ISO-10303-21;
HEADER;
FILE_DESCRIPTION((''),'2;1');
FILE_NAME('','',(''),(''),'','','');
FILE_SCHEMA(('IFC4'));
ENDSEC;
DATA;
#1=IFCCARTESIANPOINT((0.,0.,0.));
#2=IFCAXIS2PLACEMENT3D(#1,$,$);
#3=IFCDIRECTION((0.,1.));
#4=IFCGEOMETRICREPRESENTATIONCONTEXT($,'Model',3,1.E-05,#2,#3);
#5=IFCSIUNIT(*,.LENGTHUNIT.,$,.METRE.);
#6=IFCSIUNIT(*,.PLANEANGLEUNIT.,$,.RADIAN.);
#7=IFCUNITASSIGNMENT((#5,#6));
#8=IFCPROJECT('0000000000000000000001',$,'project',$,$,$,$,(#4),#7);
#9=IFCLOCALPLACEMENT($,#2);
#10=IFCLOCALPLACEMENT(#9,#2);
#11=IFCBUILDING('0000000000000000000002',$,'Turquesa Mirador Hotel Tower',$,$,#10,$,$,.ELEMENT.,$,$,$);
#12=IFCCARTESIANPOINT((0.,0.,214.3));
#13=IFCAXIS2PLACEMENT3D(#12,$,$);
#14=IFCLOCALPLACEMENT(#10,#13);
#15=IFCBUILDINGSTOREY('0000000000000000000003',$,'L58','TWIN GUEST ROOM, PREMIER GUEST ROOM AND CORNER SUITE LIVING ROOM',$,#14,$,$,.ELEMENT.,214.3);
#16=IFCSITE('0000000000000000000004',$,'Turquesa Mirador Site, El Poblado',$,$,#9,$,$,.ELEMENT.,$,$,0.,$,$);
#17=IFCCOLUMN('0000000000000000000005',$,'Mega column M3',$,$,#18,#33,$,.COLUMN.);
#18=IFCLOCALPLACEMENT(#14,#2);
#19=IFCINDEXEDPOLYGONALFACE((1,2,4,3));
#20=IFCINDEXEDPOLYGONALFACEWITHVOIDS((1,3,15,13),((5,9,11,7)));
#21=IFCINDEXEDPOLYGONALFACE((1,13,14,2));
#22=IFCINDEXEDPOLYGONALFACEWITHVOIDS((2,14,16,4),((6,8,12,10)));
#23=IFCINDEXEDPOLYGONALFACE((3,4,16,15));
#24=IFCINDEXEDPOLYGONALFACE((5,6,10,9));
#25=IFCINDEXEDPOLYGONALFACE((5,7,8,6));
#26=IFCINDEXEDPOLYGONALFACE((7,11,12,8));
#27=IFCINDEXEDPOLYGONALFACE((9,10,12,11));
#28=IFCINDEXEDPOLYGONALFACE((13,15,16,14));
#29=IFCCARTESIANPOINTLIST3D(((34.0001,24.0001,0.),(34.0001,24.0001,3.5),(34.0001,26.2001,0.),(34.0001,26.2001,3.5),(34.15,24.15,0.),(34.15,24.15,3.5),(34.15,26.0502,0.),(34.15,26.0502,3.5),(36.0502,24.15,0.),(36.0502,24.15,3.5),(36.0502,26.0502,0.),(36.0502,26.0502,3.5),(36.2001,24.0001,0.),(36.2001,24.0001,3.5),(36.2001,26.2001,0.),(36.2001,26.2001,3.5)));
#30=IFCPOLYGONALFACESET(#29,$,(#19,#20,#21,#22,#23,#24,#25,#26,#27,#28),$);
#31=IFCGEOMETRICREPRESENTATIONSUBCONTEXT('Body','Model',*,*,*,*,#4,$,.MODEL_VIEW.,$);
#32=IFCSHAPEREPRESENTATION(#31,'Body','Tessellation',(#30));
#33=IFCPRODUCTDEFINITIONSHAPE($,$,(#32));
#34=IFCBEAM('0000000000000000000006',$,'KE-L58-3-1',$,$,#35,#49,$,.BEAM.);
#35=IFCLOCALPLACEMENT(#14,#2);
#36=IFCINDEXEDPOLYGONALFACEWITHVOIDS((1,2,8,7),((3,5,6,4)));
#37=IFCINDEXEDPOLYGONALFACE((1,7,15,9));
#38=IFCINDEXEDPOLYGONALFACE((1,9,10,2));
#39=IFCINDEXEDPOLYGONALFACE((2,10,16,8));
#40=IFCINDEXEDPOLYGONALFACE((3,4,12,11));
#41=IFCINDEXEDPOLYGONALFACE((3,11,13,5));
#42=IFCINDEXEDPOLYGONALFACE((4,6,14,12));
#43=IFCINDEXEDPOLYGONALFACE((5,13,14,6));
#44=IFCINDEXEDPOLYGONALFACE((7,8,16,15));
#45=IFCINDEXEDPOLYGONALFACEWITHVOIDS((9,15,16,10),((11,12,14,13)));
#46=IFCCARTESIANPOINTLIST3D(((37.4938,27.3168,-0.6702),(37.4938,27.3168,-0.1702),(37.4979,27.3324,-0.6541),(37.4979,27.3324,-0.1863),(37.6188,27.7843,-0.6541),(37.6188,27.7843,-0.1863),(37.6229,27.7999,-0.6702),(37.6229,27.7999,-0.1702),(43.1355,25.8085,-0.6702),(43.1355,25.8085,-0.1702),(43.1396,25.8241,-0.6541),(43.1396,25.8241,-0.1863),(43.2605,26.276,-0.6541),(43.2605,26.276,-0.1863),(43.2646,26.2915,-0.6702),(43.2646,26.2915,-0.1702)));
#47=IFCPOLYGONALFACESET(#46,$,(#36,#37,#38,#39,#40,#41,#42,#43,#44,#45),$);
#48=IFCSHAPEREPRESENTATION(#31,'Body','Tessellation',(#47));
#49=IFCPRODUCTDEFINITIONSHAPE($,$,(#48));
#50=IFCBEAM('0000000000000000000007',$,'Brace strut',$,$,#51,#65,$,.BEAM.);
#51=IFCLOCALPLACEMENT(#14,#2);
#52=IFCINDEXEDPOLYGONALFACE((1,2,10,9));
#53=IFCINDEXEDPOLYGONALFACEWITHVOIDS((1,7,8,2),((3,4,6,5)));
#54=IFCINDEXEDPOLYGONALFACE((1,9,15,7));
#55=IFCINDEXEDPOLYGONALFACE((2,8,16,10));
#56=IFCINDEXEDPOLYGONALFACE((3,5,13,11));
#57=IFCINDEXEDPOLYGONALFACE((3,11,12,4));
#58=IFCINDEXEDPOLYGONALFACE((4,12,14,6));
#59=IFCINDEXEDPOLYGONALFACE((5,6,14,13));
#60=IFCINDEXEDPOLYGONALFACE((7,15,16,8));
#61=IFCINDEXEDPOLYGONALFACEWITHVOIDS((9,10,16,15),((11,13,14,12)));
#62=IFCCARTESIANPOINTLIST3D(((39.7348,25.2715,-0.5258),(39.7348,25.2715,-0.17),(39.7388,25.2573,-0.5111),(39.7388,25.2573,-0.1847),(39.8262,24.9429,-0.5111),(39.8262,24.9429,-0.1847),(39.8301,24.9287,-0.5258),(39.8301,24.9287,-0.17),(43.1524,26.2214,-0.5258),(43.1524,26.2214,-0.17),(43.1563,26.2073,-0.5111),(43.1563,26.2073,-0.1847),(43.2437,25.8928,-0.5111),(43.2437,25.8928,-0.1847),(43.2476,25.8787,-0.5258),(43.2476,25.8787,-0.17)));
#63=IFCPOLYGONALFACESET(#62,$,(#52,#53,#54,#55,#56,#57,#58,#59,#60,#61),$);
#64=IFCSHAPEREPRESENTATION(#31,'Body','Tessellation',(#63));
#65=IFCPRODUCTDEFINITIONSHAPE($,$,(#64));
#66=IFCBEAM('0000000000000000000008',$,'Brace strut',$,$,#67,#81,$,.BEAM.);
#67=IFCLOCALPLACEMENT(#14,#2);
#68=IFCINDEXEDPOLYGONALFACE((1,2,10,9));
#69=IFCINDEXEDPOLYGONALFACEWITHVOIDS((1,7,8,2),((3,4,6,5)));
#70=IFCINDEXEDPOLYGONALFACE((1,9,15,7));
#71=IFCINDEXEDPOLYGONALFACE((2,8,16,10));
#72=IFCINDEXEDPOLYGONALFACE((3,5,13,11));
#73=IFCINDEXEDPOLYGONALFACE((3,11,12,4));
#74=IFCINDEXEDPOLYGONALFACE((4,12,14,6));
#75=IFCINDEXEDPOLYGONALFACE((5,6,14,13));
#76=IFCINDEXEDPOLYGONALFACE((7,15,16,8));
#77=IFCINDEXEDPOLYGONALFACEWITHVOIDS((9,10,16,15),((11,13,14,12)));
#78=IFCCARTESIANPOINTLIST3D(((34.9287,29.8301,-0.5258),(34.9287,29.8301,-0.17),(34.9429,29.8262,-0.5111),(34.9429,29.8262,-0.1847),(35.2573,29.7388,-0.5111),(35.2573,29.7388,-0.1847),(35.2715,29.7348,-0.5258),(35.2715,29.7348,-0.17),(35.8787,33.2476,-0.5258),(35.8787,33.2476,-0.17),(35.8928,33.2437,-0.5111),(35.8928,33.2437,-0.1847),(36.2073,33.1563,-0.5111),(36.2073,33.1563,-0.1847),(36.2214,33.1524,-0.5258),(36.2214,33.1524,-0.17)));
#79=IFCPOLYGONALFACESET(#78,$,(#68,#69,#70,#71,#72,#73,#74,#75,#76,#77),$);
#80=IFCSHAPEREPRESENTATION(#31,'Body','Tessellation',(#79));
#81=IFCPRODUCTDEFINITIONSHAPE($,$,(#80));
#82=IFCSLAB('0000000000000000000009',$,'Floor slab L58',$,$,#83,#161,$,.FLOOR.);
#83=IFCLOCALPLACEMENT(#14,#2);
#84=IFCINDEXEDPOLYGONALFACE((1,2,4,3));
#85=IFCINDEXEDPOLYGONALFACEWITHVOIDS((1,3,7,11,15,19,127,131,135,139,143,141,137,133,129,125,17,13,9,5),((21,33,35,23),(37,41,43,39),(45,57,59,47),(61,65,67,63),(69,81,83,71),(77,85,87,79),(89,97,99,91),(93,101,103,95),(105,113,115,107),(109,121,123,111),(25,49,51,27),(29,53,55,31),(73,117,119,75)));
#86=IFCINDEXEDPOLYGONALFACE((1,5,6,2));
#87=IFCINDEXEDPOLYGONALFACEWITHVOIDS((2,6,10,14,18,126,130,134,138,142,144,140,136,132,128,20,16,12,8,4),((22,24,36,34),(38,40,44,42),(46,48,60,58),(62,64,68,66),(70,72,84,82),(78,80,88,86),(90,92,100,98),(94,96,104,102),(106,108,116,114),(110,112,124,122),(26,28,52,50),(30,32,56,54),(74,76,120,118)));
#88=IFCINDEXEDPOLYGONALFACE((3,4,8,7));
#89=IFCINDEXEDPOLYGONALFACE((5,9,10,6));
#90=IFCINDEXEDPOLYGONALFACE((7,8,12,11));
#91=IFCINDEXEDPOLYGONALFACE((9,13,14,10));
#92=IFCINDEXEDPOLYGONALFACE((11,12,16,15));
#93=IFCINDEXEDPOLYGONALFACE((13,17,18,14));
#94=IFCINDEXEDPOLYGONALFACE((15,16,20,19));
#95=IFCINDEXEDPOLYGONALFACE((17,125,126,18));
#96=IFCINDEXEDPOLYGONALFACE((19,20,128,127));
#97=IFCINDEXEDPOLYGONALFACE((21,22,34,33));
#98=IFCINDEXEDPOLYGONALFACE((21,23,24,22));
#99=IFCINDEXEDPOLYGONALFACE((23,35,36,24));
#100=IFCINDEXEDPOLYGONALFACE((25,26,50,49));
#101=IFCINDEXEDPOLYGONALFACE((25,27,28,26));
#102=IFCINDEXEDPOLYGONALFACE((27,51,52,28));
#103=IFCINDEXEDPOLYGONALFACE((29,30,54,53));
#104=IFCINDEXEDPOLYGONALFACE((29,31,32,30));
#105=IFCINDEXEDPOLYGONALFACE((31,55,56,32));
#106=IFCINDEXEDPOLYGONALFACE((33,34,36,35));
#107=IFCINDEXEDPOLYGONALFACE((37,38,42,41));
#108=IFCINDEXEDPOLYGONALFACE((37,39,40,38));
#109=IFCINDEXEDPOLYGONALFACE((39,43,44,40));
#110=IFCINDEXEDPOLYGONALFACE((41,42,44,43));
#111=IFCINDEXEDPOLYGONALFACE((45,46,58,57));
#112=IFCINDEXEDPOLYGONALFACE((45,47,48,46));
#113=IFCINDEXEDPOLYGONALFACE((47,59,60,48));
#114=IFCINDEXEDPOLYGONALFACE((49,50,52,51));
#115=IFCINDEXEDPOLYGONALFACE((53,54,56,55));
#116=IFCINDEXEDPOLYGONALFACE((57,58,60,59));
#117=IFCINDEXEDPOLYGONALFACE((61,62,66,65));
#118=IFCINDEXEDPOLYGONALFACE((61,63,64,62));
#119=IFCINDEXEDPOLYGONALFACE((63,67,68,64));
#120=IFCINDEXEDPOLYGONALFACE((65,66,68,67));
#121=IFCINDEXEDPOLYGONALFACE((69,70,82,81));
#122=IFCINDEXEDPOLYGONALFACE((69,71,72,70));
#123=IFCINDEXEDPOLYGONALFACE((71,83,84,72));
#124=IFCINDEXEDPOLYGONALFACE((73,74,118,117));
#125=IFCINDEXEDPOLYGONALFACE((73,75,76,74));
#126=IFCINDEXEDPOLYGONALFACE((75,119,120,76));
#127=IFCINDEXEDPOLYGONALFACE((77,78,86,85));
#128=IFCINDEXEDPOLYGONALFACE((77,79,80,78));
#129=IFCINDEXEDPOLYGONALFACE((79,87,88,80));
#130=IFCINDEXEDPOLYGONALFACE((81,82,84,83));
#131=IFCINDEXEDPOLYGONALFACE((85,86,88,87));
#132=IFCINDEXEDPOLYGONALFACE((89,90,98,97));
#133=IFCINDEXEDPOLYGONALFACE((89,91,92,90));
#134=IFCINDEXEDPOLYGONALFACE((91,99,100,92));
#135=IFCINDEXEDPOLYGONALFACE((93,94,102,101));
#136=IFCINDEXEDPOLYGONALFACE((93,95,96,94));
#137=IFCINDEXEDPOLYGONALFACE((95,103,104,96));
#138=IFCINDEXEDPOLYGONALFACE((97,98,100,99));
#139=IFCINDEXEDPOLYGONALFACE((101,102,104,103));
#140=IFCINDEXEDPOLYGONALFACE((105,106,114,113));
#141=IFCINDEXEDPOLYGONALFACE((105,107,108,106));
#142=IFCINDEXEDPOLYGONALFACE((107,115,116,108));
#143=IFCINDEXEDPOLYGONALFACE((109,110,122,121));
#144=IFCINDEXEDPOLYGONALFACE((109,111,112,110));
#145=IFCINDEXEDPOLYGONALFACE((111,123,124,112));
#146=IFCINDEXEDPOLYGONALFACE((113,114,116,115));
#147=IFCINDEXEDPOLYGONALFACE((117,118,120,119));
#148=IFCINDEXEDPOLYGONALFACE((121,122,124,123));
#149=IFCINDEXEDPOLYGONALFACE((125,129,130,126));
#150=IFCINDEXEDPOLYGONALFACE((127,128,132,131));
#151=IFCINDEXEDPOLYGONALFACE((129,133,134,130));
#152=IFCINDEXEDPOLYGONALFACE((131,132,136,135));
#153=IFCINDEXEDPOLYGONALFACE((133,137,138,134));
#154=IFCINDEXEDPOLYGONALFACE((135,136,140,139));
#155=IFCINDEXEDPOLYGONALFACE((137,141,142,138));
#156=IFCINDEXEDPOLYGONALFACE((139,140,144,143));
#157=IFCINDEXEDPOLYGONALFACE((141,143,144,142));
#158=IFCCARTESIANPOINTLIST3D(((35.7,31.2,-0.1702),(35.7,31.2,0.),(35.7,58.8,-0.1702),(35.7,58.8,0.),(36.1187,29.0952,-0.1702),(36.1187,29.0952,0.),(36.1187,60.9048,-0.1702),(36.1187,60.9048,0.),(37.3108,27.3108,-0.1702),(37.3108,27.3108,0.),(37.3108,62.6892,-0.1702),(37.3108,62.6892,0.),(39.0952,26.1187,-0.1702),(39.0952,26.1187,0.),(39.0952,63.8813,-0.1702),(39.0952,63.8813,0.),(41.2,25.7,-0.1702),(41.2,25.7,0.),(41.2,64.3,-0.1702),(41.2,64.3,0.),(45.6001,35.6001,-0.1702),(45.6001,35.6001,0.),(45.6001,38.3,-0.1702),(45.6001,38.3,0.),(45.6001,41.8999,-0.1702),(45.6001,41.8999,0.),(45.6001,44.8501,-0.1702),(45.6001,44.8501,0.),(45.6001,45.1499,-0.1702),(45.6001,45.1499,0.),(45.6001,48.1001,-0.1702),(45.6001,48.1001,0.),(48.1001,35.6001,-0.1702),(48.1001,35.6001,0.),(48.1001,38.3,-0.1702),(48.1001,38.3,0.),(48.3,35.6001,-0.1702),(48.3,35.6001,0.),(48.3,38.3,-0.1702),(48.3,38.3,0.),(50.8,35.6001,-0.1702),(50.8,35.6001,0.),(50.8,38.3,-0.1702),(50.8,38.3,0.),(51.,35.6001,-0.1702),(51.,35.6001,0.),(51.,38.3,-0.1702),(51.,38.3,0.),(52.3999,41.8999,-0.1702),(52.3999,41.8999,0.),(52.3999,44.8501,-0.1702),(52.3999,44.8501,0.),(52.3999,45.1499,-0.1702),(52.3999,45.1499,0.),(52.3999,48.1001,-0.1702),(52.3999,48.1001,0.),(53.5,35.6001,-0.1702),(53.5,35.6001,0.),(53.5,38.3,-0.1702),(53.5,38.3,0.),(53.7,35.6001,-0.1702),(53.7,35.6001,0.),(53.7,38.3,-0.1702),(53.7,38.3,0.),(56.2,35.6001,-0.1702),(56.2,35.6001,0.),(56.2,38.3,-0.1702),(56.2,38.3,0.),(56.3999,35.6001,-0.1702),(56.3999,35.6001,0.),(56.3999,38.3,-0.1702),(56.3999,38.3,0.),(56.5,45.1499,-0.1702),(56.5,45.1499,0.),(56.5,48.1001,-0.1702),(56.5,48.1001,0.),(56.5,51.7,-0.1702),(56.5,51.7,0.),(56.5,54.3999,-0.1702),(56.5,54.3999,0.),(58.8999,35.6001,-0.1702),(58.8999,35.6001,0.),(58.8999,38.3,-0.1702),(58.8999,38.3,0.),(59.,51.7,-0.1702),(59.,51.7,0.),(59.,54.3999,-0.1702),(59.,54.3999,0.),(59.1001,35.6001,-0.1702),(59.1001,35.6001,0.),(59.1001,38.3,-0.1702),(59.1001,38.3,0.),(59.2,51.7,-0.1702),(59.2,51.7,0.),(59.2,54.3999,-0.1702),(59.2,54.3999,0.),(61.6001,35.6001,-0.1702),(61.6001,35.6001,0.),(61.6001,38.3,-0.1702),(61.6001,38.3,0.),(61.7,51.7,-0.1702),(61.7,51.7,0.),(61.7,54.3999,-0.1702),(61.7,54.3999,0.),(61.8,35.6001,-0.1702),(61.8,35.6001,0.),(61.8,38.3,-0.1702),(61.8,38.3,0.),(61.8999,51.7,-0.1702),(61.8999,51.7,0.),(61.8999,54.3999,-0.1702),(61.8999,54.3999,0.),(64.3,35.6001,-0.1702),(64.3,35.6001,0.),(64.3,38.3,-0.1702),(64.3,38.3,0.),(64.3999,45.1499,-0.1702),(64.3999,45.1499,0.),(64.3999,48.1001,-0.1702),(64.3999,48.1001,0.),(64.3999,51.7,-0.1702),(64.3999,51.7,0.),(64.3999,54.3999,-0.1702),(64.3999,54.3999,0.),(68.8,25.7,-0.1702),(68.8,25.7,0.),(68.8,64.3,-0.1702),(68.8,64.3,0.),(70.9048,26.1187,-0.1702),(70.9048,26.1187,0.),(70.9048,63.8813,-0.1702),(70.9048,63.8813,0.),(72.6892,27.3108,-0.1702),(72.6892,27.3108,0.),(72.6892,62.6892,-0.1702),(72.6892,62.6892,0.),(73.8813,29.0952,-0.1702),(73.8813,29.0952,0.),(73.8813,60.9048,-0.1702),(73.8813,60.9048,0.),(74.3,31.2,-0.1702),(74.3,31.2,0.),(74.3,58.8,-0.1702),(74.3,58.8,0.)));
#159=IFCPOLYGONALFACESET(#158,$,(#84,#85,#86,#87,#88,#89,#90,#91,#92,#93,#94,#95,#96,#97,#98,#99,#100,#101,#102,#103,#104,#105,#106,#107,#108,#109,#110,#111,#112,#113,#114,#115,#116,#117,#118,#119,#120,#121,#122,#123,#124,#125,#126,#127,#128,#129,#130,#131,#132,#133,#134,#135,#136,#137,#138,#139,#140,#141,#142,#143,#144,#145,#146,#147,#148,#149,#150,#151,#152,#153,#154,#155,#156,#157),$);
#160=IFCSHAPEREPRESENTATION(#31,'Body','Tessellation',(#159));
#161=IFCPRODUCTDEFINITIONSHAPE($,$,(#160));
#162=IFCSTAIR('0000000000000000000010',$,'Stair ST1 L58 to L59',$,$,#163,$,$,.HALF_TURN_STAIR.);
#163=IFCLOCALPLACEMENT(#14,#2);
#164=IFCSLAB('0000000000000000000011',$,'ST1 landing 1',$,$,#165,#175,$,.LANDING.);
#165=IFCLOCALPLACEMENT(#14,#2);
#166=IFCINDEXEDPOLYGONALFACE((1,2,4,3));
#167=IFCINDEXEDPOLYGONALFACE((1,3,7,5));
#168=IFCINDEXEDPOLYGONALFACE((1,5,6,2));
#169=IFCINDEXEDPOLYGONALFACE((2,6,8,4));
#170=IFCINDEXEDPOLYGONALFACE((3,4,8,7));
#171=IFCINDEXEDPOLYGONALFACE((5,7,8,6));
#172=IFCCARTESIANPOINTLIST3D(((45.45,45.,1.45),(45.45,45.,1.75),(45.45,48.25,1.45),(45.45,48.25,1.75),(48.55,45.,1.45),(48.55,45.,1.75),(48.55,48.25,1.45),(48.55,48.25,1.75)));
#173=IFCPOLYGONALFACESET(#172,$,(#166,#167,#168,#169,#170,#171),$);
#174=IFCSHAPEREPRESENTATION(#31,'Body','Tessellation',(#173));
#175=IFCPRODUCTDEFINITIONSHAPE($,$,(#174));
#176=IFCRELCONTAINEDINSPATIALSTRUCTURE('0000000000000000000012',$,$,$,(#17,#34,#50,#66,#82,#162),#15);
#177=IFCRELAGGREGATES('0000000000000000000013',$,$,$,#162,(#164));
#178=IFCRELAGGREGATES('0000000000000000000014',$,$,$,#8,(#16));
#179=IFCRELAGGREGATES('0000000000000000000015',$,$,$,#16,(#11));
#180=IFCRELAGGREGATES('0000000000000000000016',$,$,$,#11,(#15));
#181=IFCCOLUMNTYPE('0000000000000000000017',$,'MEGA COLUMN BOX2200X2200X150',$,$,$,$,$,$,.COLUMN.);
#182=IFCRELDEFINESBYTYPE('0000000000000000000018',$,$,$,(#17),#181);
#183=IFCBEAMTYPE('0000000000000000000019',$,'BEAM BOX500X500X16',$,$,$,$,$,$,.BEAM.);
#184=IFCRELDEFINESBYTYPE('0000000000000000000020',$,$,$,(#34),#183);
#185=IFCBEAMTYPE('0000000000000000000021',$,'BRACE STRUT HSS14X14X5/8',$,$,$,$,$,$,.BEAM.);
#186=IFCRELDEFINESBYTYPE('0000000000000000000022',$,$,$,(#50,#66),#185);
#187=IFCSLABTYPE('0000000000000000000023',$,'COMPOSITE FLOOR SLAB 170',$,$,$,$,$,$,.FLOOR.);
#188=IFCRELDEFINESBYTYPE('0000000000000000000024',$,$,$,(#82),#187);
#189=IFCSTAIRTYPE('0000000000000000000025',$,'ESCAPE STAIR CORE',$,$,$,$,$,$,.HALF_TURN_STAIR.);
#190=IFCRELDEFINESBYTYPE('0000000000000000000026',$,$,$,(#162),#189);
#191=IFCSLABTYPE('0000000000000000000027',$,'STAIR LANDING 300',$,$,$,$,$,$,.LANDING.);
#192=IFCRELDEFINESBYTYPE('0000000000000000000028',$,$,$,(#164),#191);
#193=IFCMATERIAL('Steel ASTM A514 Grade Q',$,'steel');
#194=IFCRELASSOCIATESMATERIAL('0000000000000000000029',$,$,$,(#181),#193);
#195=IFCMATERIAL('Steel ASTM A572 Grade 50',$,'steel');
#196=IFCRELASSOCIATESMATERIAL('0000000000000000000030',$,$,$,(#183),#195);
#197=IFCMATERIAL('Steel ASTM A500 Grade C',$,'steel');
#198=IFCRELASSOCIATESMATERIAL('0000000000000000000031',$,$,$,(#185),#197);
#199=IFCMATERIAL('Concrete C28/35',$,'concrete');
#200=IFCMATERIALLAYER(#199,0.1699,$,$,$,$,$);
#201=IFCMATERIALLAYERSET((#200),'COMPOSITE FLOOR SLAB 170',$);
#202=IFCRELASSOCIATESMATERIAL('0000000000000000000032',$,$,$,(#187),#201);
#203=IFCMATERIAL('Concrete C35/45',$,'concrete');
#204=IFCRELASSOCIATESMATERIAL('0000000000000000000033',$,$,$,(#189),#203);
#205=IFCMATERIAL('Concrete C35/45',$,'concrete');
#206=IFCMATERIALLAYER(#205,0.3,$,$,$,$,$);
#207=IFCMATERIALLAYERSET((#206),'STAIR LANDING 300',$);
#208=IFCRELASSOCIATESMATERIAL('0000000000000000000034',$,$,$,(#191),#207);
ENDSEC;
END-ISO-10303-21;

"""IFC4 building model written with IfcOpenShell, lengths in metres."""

from ifc_helpers import new_model, si_unit, direction, frame, origin, origin_2d, place, context, subcontext, project, spatial, polyline, hollow_rectangle, outline, extrude, material, layer, layer_set, material_profile, profile_set, type_object, element, aggregate, save


model = new_model("IFC4")

# Units and contexts
model_context = context("Model", 3, precision=1e-05, world=origin(), true_north=direction((0.0, 1.0)))
body_context = subcontext(model_context, "Body", "Model", "MODEL_VIEW")
ifc_project = project(units=[si_unit("LENGTHUNIT", "METRE"), si_unit("PLANEANGLEUNIT", "RADIAN")], contexts=[model_context])

# Site, building, storey
site_placement = place(None, origin())
site = spatial("IfcSite", under=ifc_project, at=site_placement, Name="Turquesa Mirador Site, El Poblado", CompositionType="ELEMENT", RefElevation=0.0)
building_placement = place(site_placement, origin())
building = spatial("IfcBuilding", under=site, at=building_placement, Name="Turquesa Mirador Hotel Tower", CompositionType="ELEMENT")
storey_placement = place(building_placement, frame((0.0, 0.0, 214.3)))
storey = spatial("IfcBuildingStorey", under=building, at=storey_placement, Name="L58", Description="TWIN GUEST ROOM, PREMIER GUEST ROOM AND CORNER SUITE LIVING ROOM", CompositionType="ELEMENT", Elevation=214.3)

# Column
ifc_material_1 = material(Name="Steel ASTM A514 Grade Q", Category="steel")
ifc_material_profile_1 = material_profile(ifc_material_1, hollow_rectangle(XDim=2.2, YDim=2.2, WallThickness=0.1499, at=origin_2d()), Name="BOX2200X2200X150")
ifc_profile_set_1 = profile_set([ifc_material_profile_1], Name="Steel ASTM A514 Grade Q")
column_type = type_object("IfcColumnType", Name="MEGA COLUMN BOX2200X2200X150", PredefinedType="COLUMN", material=ifc_profile_set_1)
column_placement = place(storey_placement, frame((35.1001, 25.1001, 0.0), z_axis=(0.0, 0.0, 1.0), x_axis=(1.0, 0.0, 0.0)))
element("IfcColumn", 1, at=column_placement, inside=storey, type_object=column_type, Name="Mega column M3", PredefinedType="COLUMN", context=body_context, shape_type="SweptSolid", body=[
    extrude(hollow_rectangle(XDim=2.2, YDim=2.2, WallThickness=0.1499, at=origin_2d()), origin(), (0.0, 0.0, 1.0), 3.5),
])

# Beams
ifc_material_2 = material(Name="Steel ASTM A572 Grade 50", Category="steel")
ifc_material_profile_2 = material_profile(ifc_material_2, hollow_rectangle(XDim=0.5, YDim=0.5, WallThickness=0.0161, at=origin_2d()), Name="BOX500X500X16")
ifc_profile_set_2 = profile_set([ifc_material_profile_2], Name="Steel ASTM A572 Grade 50")
beam_type_1 = type_object("IfcBeamType", Name="BEAM BOX500X500X16", PredefinedType="BEAM", material=ifc_profile_set_2)
beam_placement = place(storey_placement, frame((37.5583, 27.5583, -0.4202), z_axis=(0.96607, -0.258282, 0.0), x_axis=(0.258282, 0.96607, 0.0)))
element("IfcBeam", 2, at=beam_placement, inside=storey, type_object=beam_type_1, Name="KE-L58-3-1", PredefinedType="BEAM", context=body_context, shape_type="SweptSolid", body=[
    extrude(hollow_rectangle(XDim=0.5, YDim=0.5, WallThickness=0.0161, at=origin_2d()), origin(), (0.0, 0.0, 1.0), 5.8398),
])
ifc_material_3 = material(Name="Steel ASTM A500 Grade C", Category="steel")
ifc_material_profile_3 = material_profile(ifc_material_3, hollow_rectangle(XDim=0.3557, YDim=0.3557, WallThickness=0.0146, at=origin_2d()), Name="HSS14X14X5/8")
ifc_profile_set_3 = profile_set([ifc_material_profile_3], Name="Steel ASTM A500 Grade C")
beam_type_2 = type_object("IfcBeamType", Name="BRACE STRUT HSS14X14X5/8", PredefinedType="BEAM", material=ifc_profile_set_3)
for number, where, z_axis, x_axis, name in (
    (3, (39.7825, 25.1001, -0.3479), (0.963471, 0.267814, 0.0), (-0.267814, 0.963471, 0.0), "Brace strut"),
    (4, (35.1001, 29.7825, -0.3479), (0.267814, 0.963471, 0.0), (-0.963471, 0.267814, 0.0), "Brace strut"),
):
    element("IfcBeam", number, at=place(storey_placement, frame(where, z_axis=z_axis, x_axis=x_axis)), inside=storey, type_object=beam_type_2, Name=name, PredefinedType="BEAM", context=body_context, shape_type="SweptSolid", body=[
        extrude(hollow_rectangle(XDim=0.3557, YDim=0.3557, WallThickness=0.0146, at=origin_2d()), origin(), (0.0, 0.0, 1.0), 3.5471),
    ])

# Slab
ifc_material_4 = material(Name="Concrete C28/35", Category="concrete")
ifc_layer_1 = layer(ifc_material_4, 0.1699)
ifc_layer_set_1 = layer_set([ifc_layer_1], Name="COMPOSITE FLOOR SLAB 170")
slab_type_1 = type_object("IfcSlabType", Name="COMPOSITE FLOOR SLAB 170", PredefinedType="FLOOR", material=ifc_layer_set_1)
slab_1_placement = place(storey_placement, frame((0.0, 0.0, -0.1702)))
element("IfcSlab", 5, at=slab_1_placement, inside=storey, type_object=slab_type_1, Name="Floor slab L58", PredefinedType="FLOOR", context=body_context, shape_type="SweptSolid", body=[
    extrude(outline(polyline([(68.8, 25.7), (70.9048, 26.1187), (72.6892, 27.3108), (73.8813, 29.0952), (74.3, 31.2), (74.3, 58.8), (73.8813, 60.9048), (72.6892, 62.6892), (70.9048, 63.8813), (68.8, 64.3), (41.2, 64.3), (39.0952, 63.8813), (37.3108, 62.6892), (36.1187, 60.9048), (35.7, 58.8), (35.7, 31.2), (36.1187, 29.0952), (37.3108, 27.3108), (39.0952, 26.1187), (41.2, 25.7), (68.8, 25.7)]), holes=[polyline([(56.5, 51.7), (59.0, 51.7), (59.0, 54.3999), (56.5, 54.3999), (56.5, 51.7)]), polyline([(59.2, 51.7), (61.7, 51.7), (61.7, 54.3999), (59.2, 54.3999), (59.2, 51.7)]), polyline([(45.6001, 35.6001), (48.1001, 35.6001), (48.1001, 38.3), (45.6001, 38.3), (45.6001, 35.6001)]), polyline([(48.3, 35.6001), (50.8, 35.6001), (50.8, 38.3), (48.3, 38.3), (48.3, 35.6001)]), polyline([(51.0, 35.6001), (53.5, 35.6001), (53.5, 38.3), (51.0, 38.3), (51.0, 35.6001)]), polyline([(53.7, 35.6001), (56.2, 35.6001), (56.2, 38.3), (53.7, 38.3), (53.7, 35.6001)]), polyline([(56.3999, 35.6001), (58.8999, 35.6001), (58.8999, 38.3), (56.3999, 38.3), (56.3999, 35.6001)]), polyline([(59.1001, 35.6001), (61.6001, 35.6001), (61.6001, 38.3), (59.1001, 38.3), (59.1001, 35.6001)]), polyline([(61.8, 35.6001), (64.3, 35.6001), (64.3, 38.3), (61.8, 38.3), (61.8, 35.6001)]), polyline([(45.6001, 45.1499), (52.3999, 45.1499), (52.3999, 48.1001), (45.6001, 48.1001), (45.6001, 45.1499)]), polyline([(45.6001, 41.8999), (52.3999, 41.8999), (52.3999, 44.8501), (45.6001, 44.8501), (45.6001, 41.8999)]), polyline([(56.5, 45.1499), (64.3999, 45.1499), (64.3999, 48.1001), (56.5, 48.1001), (56.5, 45.1499)]), polyline([(61.8999, 51.7), (64.3999, 51.7), (64.3999, 54.3999), (61.8999, 54.3999), (61.8999, 51.7)])]), origin(), (0.0, 0.0, 1.0), 0.1702),
])

# Stair, slab
ifc_material_5 = material(Name="Concrete C35/45", Category="concrete")
stair_type = type_object("IfcStairType", Name="ESCAPE STAIR CORE", PredefinedType="HALF_TURN_STAIR", material=ifc_material_5)
stair_1_placement = place(storey_placement, origin())
stair_1 = element("IfcStair", 6, at=stair_1_placement, inside=storey, type_object=stair_type, Name="Stair ST1 L58 to L59", PredefinedType="HALF_TURN_STAIR")
ifc_material_6 = material(Name="Concrete C35/45", Category="concrete")
ifc_layer_2 = layer(ifc_material_6, 0.3)
ifc_layer_set_2 = layer_set([ifc_layer_2], Name="STAIR LANDING 300")
slab_type_2 = type_object("IfcSlabType", Name="STAIR LANDING 300", PredefinedType="LANDING", material=ifc_layer_set_2)
slab_2_placement = place(storey_placement, frame((0.0, 0.0, 1.45)))
slab_2 = element("IfcSlab", 7, at=slab_2_placement, type_object=slab_type_2, Name="ST1 landing 1", PredefinedType="LANDING", context=body_context, shape_type="SweptSolid", body=[
    extrude(outline(polyline([(45.45, 45.0), (48.55, 45.0), (48.55, 48.25), (45.45, 48.25), (45.45, 45.0)])), origin(), (0.0, 0.0, 1.0), 0.3),
])
aggregate(stair_1, [slab_2])

save(model, "model.ifc")
